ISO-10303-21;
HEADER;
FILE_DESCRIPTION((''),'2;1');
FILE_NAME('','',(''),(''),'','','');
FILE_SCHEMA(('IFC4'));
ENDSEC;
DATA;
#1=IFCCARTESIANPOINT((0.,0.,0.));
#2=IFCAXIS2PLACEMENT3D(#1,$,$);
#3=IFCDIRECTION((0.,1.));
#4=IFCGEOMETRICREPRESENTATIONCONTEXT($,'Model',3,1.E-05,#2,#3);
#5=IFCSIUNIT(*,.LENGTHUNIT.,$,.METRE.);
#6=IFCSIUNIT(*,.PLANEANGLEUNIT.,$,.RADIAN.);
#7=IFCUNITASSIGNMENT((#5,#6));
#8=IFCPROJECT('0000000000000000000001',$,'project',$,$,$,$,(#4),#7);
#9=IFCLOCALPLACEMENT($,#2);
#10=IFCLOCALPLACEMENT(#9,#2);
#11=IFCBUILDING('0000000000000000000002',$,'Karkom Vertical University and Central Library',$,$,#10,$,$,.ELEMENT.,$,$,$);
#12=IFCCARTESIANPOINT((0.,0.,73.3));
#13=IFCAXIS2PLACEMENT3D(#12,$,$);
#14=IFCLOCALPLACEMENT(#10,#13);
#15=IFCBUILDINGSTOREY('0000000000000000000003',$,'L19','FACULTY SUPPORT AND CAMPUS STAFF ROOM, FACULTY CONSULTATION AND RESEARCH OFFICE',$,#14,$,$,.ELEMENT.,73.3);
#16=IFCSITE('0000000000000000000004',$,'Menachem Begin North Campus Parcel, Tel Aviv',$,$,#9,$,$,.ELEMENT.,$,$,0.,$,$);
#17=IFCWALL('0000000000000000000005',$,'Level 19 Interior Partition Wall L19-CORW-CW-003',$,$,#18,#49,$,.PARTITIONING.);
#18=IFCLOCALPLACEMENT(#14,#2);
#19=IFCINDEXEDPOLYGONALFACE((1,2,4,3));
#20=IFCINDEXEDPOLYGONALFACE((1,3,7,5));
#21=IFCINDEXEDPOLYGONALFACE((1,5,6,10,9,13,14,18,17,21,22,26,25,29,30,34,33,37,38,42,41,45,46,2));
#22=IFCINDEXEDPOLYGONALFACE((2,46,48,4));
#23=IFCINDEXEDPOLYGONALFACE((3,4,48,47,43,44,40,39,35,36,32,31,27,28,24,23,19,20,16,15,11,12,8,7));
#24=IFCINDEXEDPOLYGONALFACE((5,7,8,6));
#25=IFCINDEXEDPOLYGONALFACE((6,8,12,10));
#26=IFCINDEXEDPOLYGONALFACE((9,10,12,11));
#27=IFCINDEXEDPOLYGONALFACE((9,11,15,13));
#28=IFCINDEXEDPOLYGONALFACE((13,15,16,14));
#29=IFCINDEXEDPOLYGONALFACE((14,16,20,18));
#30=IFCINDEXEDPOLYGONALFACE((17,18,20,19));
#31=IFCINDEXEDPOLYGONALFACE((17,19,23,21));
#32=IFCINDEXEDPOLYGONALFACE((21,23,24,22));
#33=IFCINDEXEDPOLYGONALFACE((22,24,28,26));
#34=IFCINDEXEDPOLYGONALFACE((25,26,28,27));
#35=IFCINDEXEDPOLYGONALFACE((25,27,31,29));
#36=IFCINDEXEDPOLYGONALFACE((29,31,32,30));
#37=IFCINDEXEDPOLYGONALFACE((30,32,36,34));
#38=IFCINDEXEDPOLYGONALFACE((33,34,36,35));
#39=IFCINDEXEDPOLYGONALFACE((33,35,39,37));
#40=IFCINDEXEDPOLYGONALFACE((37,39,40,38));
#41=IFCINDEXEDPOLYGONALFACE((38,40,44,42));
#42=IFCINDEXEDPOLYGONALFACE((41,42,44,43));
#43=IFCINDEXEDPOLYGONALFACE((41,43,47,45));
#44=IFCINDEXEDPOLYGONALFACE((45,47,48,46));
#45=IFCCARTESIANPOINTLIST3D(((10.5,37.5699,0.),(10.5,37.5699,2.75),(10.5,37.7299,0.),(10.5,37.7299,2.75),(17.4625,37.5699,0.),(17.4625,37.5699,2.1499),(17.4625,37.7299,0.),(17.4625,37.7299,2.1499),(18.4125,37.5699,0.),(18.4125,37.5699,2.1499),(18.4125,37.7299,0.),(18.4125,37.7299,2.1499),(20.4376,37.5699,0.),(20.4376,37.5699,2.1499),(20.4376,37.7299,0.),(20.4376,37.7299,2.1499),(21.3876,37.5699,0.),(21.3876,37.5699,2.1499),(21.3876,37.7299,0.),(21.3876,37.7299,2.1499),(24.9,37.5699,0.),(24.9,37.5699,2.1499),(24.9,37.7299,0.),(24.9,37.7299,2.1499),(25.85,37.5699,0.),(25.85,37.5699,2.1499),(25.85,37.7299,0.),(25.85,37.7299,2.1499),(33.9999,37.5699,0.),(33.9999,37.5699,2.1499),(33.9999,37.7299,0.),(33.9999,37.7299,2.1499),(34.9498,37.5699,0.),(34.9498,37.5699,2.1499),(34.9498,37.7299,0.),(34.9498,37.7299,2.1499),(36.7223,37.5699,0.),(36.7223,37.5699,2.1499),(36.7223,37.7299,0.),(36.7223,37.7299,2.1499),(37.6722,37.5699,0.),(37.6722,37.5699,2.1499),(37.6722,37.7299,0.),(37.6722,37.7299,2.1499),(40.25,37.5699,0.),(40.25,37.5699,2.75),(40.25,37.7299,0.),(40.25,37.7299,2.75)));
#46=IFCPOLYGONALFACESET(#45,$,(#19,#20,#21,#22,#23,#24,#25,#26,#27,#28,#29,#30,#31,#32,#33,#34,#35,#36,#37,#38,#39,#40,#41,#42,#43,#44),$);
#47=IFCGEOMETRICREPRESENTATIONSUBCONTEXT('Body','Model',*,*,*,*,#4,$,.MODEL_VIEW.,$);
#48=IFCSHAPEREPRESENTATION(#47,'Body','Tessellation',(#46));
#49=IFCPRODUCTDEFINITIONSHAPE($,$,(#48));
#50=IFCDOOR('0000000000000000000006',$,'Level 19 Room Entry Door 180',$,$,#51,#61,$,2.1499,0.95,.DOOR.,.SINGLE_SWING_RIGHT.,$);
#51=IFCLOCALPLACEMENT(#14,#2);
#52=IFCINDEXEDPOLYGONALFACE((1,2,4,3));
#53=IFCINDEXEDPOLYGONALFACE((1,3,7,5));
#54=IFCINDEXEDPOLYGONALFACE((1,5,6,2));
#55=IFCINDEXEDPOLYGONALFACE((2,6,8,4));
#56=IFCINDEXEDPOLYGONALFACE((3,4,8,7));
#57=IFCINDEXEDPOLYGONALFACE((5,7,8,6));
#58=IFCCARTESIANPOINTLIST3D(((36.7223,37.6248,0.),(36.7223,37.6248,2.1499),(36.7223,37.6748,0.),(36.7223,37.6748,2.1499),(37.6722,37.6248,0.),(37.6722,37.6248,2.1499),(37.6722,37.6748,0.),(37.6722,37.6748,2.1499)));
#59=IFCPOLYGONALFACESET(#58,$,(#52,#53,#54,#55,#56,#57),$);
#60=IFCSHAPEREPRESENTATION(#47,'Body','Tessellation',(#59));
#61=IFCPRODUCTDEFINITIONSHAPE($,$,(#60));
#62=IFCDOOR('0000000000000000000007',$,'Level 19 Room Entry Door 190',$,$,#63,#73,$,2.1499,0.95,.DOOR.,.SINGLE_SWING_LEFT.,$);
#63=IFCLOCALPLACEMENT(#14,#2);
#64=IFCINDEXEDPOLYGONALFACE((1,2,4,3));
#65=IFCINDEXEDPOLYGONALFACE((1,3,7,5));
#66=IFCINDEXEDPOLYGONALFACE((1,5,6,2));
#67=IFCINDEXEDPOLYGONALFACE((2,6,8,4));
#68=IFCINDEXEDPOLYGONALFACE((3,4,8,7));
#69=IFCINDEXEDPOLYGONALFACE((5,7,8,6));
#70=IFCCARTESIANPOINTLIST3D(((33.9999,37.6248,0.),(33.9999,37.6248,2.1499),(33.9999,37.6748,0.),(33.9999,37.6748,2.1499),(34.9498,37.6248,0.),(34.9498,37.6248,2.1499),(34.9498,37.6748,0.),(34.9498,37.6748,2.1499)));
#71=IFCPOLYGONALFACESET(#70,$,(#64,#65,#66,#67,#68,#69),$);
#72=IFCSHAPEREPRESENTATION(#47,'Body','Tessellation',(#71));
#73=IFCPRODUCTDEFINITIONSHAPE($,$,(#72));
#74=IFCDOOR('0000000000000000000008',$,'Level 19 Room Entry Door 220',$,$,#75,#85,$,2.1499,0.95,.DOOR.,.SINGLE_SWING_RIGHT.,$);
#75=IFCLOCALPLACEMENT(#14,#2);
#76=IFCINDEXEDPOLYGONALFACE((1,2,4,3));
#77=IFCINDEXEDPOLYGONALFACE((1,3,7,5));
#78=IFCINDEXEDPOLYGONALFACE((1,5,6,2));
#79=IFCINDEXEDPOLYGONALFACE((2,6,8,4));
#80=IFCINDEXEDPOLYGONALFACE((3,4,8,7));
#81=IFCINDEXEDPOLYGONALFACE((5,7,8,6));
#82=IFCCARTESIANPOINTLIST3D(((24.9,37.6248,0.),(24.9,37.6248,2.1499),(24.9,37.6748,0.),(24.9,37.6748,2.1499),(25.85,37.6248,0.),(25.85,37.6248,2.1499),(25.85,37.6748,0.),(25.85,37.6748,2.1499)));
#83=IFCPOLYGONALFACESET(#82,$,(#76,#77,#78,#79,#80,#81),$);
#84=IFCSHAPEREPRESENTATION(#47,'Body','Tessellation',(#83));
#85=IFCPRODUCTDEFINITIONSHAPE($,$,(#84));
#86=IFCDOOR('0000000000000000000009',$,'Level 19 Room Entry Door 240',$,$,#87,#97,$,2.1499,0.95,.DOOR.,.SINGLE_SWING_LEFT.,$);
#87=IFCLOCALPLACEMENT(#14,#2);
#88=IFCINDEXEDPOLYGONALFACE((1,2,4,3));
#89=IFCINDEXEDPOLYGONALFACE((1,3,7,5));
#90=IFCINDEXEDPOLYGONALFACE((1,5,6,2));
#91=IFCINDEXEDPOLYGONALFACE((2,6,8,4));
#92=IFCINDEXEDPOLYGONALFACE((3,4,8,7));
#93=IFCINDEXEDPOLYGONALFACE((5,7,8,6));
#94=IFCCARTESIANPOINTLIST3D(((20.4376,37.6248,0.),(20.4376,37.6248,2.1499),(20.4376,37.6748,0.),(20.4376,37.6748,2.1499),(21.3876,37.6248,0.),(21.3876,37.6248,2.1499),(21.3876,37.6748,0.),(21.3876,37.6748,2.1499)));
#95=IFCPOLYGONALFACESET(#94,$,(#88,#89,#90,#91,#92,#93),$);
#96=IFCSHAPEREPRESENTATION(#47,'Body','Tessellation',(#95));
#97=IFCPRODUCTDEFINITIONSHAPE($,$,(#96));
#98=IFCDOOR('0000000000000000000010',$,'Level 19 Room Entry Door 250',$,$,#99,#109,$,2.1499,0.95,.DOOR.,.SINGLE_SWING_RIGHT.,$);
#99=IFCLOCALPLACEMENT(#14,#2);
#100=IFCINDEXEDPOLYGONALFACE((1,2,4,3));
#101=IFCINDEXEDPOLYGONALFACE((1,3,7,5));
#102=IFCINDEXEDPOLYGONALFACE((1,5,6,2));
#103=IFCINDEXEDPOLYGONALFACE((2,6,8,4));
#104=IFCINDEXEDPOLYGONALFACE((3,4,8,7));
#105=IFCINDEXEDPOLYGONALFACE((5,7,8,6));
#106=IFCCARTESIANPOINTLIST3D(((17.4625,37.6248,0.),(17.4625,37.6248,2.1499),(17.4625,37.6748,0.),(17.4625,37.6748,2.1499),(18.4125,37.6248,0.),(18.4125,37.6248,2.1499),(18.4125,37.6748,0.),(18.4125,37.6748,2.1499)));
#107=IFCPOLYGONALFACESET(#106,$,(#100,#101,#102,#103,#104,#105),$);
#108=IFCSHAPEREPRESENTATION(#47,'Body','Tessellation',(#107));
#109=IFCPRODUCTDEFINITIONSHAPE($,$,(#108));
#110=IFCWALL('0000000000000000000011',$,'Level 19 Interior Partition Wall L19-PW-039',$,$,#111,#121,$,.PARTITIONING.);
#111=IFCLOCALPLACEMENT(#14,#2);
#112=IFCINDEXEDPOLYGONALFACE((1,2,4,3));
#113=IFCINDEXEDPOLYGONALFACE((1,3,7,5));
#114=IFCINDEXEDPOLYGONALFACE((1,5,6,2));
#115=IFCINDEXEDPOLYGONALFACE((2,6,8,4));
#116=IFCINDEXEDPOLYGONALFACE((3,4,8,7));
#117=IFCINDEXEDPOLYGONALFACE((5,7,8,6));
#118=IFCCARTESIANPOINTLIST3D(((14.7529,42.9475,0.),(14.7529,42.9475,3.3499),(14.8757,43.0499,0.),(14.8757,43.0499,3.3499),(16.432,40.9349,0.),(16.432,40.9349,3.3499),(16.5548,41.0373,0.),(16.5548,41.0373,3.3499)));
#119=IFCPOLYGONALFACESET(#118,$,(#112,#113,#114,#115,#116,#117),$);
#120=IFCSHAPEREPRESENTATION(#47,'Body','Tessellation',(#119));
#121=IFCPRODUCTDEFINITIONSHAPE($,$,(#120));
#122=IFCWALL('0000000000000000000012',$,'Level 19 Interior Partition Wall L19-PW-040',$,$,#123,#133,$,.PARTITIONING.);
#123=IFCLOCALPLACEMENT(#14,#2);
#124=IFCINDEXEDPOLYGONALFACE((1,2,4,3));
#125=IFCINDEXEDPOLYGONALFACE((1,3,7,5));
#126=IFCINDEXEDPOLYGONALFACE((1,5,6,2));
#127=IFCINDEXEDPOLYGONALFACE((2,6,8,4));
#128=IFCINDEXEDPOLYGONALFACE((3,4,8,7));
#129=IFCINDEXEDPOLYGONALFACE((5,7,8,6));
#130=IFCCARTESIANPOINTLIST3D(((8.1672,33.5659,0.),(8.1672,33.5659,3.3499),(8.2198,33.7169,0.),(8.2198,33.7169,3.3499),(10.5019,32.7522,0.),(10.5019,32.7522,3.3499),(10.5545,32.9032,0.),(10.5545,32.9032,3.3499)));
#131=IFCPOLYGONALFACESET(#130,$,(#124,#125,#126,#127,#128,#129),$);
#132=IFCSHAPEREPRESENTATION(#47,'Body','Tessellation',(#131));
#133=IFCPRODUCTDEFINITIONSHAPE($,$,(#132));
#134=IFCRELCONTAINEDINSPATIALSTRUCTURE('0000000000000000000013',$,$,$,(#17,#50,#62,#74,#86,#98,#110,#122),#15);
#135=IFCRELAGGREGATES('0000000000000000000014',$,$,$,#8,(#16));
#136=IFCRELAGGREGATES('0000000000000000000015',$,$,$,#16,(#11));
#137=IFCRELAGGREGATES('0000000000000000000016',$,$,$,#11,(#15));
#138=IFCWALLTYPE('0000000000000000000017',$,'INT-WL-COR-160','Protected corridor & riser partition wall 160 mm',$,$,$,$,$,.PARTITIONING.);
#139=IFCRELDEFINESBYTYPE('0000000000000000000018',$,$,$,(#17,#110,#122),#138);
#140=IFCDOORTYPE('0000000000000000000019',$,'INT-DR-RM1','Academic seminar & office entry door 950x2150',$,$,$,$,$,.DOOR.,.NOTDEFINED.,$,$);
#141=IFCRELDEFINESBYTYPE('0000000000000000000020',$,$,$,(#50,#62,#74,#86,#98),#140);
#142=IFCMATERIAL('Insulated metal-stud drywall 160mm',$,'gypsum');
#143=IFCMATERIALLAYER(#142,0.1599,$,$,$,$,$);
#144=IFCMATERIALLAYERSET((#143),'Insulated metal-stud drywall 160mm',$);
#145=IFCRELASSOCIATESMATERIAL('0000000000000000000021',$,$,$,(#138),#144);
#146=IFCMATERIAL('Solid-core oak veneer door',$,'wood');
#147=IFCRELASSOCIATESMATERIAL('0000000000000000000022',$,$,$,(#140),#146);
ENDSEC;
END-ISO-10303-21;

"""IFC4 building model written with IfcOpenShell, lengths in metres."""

from ifc_helpers import new_model, si_unit, direction, frame, frame_2d, origin, origin_with_axes, place, context, subcontext, project, spatial, rectangle, extrude, source, transform, mapped, material, layer, layer_set, type_object, element, fill, save


model = new_model("IFC4")

# Units and contexts
model_context = context("Model", 3, precision=1e-05, world=origin(), true_north=direction((0.0, 1.0)))
body_context = subcontext(model_context, "Body", "Model", "MODEL_VIEW")
ifc_project = project(units=[si_unit("LENGTHUNIT", "METRE"), si_unit("PLANEANGLEUNIT", "RADIAN")], contexts=[model_context])

# Site, building, storey
site_placement = place(None, origin())
site = spatial("IfcSite", under=ifc_project, at=site_placement, Name="Menachem Begin North Campus Parcel, Tel Aviv", CompositionType="ELEMENT", RefElevation=0.0)
building_placement = place(site_placement, origin())
building = spatial("IfcBuilding", under=site, at=building_placement, Name="Karkom Vertical University and Central Library", CompositionType="ELEMENT")
storey_placement = place(building_placement, frame((0.0, 0.0, 73.3)))
storey = spatial("IfcBuildingStorey", under=building, at=storey_placement, Name="L19", Description="FACULTY SUPPORT AND CAMPUS STAFF ROOM, FACULTY CONSULTATION AND RESEARCH OFFICE", CompositionType="ELEMENT", Elevation=73.3)

# Wall, openings, doors
ifc_material_1 = material(Name="Insulated metal-stud drywall 160mm", Category="gypsum")
ifc_layer_1 = layer(ifc_material_1, 0.1599)
ifc_layer_set_1 = layer_set([ifc_layer_1], Name="Insulated metal-stud drywall 160mm")
wall_type_1 = type_object("IfcWallType", Name="INT-WL-COR-160", Description="Protected corridor & riser partition wall 160 mm", PredefinedType="PARTITIONING", material=ifc_layer_set_1)
wall_1_placement = place(storey_placement, frame((10.5, 37.6499, 0.0), z_axis=(0.0, 0.0, 1.0), x_axis=(1.0, 0.0, 0.0)))
wall_1 = element("IfcWall", 1, at=wall_1_placement, inside=storey, type_object=wall_type_1, Name="Level 19 Interior Partition Wall L19-CORW-CW-003", PredefinedType="PARTITIONING", context=body_context, shape_type="SweptSolid", body=[
    extrude(rectangle(XDim=29.75, YDim=0.1599, at=frame_2d((14.875, 0.0))), origin(), (0.0, 0.0, 1.0), 2.75),
])
opening_1_placement = place(wall_1_placement, frame((26.2222, 0.0, 0.0)))
opening_1 = element("IfcOpeningElement", 2, at=opening_1_placement, cuts=wall_1, PredefinedType="OPENING", context=body_context, shape_type="SweptSolid", body=[
    extrude(rectangle(XDim=0.95, YDim=2.1499, at=frame_2d((0.4751, 1.075))), frame((0.0, 0.0898, 0.0), z_axis=(0.0, -1.0, 0.0), x_axis=(1.0, 0.0, 0.0)), (0.0, 0.0, 1.0), 0.1799),
])
opening_2_placement = place(wall_1_placement, frame((23.4998, 0.0, 0.0)))
opening_2 = element("IfcOpeningElement", 3, at=opening_2_placement, cuts=wall_1, PredefinedType="OPENING", context=body_context, shape_type="SweptSolid", body=[
    extrude(rectangle(XDim=0.95, YDim=2.1499, at=frame_2d((0.4751, 1.075))), frame((0.0, 0.0898, 0.0), z_axis=(0.0, -1.0, 0.0), x_axis=(1.0, 0.0, 0.0)), (0.0, 0.0, 1.0), 0.1799),
])
opening_3_placement = place(wall_1_placement, frame((14.3999, 0.0, 0.0)))
opening_3 = element("IfcOpeningElement", 4, at=opening_3_placement, cuts=wall_1, PredefinedType="OPENING", context=body_context, shape_type="SweptSolid", body=[
    extrude(rectangle(XDim=0.95, YDim=2.1499, at=frame_2d((0.4751, 1.075))), frame((0.0, 0.0898, 0.0), z_axis=(0.0, -1.0, 0.0), x_axis=(1.0, 0.0, 0.0)), (0.0, 0.0, 1.0), 0.1799),
])
opening_4_placement = place(wall_1_placement, frame((9.9375, 0.0, 0.0)))
opening_4 = element("IfcOpeningElement", 5, at=opening_4_placement, cuts=wall_1, PredefinedType="OPENING", context=body_context, shape_type="SweptSolid", body=[
    extrude(rectangle(XDim=0.95, YDim=2.1499, at=frame_2d((0.4751, 1.075))), frame((0.0, 0.0898, 0.0), z_axis=(0.0, -1.0, 0.0), x_axis=(1.0, 0.0, 0.0)), (0.0, 0.0, 1.0), 0.1799),
])
opening_5_placement = place(wall_1_placement, frame((6.9624, 0.0, 0.0)))
opening_5 = element("IfcOpeningElement", 6, at=opening_5_placement, cuts=wall_1, PredefinedType="OPENING", context=body_context, shape_type="SweptSolid", body=[
    extrude(rectangle(XDim=0.95, YDim=2.1499, at=frame_2d((0.4751, 1.075))), frame((0.0, 0.0898, 0.0), z_axis=(0.0, -1.0, 0.0), x_axis=(1.0, 0.0, 0.0)), (0.0, 0.0, 1.0), 0.1799),
])
ifc_material_2 = material(Name="Solid-core oak veneer door", Category="wood")
door_type = type_object("IfcDoorType", Name="INT-DR-RM1", Description="Academic seminar & office entry door 950x2150", OperationType="NOTDEFINED", PredefinedType="DOOR", material=ifc_material_2)
shared_shape_1 = source(origin_with_axes(), body_context, "Body", "SweptSolid", [
    extrude(rectangle(XDim=0.95, YDim=2.1499, at=frame_2d((0.4751, 1.075))), frame((0.0, 0.0249, 0.0), z_axis=(0.0, -1.0, 0.0), x_axis=(1.0, 0.0, 0.0)), (0.0, 0.0, 1.0), 0.05),
])
door_1_placement = place(opening_1_placement, origin())
door_1 = element("IfcDoor", 7, at=door_1_placement, inside=storey, type_object=door_type, Name="Level 19 Room Entry Door 180", OperationType="SINGLE_SWING_RIGHT", OverallHeight=2.1499, OverallWidth=0.95, PredefinedType="DOOR", context=body_context, shape_type="MappedRepresentation", body=[
    mapped(shared_shape_1, transform((0.0, 0.0, 0.0), scale=1.0)),
])
fill(opening_1, door_1)
door_2_placement = place(opening_2_placement, origin())
door_2 = element("IfcDoor", 8, at=door_2_placement, inside=storey, type_object=door_type, Name="Level 19 Room Entry Door 190", OperationType="SINGLE_SWING_LEFT", OverallHeight=2.1499, OverallWidth=0.95, PredefinedType="DOOR", context=body_context, shape_type="MappedRepresentation", body=[
    mapped(shared_shape_1, transform((0.0, 0.0, 0.0), scale=1.0)),
])
fill(opening_2, door_2)
door_3_placement = place(opening_3_placement, origin())
door_3 = element("IfcDoor", 9, at=door_3_placement, inside=storey, type_object=door_type, Name="Level 19 Room Entry Door 220", OperationType="SINGLE_SWING_RIGHT", OverallHeight=2.1499, OverallWidth=0.95, PredefinedType="DOOR", context=body_context, shape_type="MappedRepresentation", body=[
    mapped(shared_shape_1, transform((0.0, 0.0, 0.0), scale=1.0)),
])
fill(opening_3, door_3)
door_4_placement = place(opening_4_placement, origin())
door_4 = element("IfcDoor", 10, at=door_4_placement, inside=storey, type_object=door_type, Name="Level 19 Room Entry Door 240", OperationType="SINGLE_SWING_LEFT", OverallHeight=2.1499, OverallWidth=0.95, PredefinedType="DOOR", context=body_context, shape_type="MappedRepresentation", body=[
    mapped(shared_shape_1, transform((0.0, 0.0, 0.0), scale=1.0)),
])
fill(opening_4, door_4)
door_5_placement = place(opening_5_placement, origin())
door_5 = element("IfcDoor", 11, at=door_5_placement, inside=storey, type_object=door_type, Name="Level 19 Room Entry Door 250", OperationType="SINGLE_SWING_RIGHT", OverallHeight=2.1499, OverallWidth=0.95, PredefinedType="DOOR", context=body_context, shape_type="MappedRepresentation", body=[
    mapped(shared_shape_1, transform((0.0, 0.0, 0.0), scale=1.0)),
])
fill(opening_5, door_5)

# Walls
wall_2_placement = place(storey_placement, frame((16.4934, 40.9861, 0.0), z_axis=(0.0, 0.0, 1.0), x_axis=(-0.640624, 0.767855, 0.0)))
element("IfcWall", 12, at=wall_2_placement, inside=storey, type_object=wall_type_1, Name="Level 19 Interior Partition Wall L19-PW-039", PredefinedType="PARTITIONING", context=body_context, shape_type="SweptSolid", body=[
    extrude(rectangle(XDim=2.6211, YDim=0.1599, at=frame_2d((1.3105, 0.0))), origin(), (0.0, 0.0, 1.0), 3.3499),
])
wall_3_placement = place(storey_placement, frame((10.5283, 32.8276, 0.0), z_axis=(0.0, 0.0, 1.0), x_axis=(-0.94429, 0.329114, 0.0)))
element("IfcWall", 13, at=wall_3_placement, inside=storey, type_object=wall_type_1, Name="Level 19 Interior Partition Wall L19-PW-040", PredefinedType="PARTITIONING", context=body_context, shape_type="SweptSolid", body=[
    extrude(rectangle(XDim=2.4724, YDim=0.1599, at=frame_2d((1.2363, 0.0))), origin(), (0.0, 0.0, 1.0), 3.3499),
])

save(model, "model.ifc")
